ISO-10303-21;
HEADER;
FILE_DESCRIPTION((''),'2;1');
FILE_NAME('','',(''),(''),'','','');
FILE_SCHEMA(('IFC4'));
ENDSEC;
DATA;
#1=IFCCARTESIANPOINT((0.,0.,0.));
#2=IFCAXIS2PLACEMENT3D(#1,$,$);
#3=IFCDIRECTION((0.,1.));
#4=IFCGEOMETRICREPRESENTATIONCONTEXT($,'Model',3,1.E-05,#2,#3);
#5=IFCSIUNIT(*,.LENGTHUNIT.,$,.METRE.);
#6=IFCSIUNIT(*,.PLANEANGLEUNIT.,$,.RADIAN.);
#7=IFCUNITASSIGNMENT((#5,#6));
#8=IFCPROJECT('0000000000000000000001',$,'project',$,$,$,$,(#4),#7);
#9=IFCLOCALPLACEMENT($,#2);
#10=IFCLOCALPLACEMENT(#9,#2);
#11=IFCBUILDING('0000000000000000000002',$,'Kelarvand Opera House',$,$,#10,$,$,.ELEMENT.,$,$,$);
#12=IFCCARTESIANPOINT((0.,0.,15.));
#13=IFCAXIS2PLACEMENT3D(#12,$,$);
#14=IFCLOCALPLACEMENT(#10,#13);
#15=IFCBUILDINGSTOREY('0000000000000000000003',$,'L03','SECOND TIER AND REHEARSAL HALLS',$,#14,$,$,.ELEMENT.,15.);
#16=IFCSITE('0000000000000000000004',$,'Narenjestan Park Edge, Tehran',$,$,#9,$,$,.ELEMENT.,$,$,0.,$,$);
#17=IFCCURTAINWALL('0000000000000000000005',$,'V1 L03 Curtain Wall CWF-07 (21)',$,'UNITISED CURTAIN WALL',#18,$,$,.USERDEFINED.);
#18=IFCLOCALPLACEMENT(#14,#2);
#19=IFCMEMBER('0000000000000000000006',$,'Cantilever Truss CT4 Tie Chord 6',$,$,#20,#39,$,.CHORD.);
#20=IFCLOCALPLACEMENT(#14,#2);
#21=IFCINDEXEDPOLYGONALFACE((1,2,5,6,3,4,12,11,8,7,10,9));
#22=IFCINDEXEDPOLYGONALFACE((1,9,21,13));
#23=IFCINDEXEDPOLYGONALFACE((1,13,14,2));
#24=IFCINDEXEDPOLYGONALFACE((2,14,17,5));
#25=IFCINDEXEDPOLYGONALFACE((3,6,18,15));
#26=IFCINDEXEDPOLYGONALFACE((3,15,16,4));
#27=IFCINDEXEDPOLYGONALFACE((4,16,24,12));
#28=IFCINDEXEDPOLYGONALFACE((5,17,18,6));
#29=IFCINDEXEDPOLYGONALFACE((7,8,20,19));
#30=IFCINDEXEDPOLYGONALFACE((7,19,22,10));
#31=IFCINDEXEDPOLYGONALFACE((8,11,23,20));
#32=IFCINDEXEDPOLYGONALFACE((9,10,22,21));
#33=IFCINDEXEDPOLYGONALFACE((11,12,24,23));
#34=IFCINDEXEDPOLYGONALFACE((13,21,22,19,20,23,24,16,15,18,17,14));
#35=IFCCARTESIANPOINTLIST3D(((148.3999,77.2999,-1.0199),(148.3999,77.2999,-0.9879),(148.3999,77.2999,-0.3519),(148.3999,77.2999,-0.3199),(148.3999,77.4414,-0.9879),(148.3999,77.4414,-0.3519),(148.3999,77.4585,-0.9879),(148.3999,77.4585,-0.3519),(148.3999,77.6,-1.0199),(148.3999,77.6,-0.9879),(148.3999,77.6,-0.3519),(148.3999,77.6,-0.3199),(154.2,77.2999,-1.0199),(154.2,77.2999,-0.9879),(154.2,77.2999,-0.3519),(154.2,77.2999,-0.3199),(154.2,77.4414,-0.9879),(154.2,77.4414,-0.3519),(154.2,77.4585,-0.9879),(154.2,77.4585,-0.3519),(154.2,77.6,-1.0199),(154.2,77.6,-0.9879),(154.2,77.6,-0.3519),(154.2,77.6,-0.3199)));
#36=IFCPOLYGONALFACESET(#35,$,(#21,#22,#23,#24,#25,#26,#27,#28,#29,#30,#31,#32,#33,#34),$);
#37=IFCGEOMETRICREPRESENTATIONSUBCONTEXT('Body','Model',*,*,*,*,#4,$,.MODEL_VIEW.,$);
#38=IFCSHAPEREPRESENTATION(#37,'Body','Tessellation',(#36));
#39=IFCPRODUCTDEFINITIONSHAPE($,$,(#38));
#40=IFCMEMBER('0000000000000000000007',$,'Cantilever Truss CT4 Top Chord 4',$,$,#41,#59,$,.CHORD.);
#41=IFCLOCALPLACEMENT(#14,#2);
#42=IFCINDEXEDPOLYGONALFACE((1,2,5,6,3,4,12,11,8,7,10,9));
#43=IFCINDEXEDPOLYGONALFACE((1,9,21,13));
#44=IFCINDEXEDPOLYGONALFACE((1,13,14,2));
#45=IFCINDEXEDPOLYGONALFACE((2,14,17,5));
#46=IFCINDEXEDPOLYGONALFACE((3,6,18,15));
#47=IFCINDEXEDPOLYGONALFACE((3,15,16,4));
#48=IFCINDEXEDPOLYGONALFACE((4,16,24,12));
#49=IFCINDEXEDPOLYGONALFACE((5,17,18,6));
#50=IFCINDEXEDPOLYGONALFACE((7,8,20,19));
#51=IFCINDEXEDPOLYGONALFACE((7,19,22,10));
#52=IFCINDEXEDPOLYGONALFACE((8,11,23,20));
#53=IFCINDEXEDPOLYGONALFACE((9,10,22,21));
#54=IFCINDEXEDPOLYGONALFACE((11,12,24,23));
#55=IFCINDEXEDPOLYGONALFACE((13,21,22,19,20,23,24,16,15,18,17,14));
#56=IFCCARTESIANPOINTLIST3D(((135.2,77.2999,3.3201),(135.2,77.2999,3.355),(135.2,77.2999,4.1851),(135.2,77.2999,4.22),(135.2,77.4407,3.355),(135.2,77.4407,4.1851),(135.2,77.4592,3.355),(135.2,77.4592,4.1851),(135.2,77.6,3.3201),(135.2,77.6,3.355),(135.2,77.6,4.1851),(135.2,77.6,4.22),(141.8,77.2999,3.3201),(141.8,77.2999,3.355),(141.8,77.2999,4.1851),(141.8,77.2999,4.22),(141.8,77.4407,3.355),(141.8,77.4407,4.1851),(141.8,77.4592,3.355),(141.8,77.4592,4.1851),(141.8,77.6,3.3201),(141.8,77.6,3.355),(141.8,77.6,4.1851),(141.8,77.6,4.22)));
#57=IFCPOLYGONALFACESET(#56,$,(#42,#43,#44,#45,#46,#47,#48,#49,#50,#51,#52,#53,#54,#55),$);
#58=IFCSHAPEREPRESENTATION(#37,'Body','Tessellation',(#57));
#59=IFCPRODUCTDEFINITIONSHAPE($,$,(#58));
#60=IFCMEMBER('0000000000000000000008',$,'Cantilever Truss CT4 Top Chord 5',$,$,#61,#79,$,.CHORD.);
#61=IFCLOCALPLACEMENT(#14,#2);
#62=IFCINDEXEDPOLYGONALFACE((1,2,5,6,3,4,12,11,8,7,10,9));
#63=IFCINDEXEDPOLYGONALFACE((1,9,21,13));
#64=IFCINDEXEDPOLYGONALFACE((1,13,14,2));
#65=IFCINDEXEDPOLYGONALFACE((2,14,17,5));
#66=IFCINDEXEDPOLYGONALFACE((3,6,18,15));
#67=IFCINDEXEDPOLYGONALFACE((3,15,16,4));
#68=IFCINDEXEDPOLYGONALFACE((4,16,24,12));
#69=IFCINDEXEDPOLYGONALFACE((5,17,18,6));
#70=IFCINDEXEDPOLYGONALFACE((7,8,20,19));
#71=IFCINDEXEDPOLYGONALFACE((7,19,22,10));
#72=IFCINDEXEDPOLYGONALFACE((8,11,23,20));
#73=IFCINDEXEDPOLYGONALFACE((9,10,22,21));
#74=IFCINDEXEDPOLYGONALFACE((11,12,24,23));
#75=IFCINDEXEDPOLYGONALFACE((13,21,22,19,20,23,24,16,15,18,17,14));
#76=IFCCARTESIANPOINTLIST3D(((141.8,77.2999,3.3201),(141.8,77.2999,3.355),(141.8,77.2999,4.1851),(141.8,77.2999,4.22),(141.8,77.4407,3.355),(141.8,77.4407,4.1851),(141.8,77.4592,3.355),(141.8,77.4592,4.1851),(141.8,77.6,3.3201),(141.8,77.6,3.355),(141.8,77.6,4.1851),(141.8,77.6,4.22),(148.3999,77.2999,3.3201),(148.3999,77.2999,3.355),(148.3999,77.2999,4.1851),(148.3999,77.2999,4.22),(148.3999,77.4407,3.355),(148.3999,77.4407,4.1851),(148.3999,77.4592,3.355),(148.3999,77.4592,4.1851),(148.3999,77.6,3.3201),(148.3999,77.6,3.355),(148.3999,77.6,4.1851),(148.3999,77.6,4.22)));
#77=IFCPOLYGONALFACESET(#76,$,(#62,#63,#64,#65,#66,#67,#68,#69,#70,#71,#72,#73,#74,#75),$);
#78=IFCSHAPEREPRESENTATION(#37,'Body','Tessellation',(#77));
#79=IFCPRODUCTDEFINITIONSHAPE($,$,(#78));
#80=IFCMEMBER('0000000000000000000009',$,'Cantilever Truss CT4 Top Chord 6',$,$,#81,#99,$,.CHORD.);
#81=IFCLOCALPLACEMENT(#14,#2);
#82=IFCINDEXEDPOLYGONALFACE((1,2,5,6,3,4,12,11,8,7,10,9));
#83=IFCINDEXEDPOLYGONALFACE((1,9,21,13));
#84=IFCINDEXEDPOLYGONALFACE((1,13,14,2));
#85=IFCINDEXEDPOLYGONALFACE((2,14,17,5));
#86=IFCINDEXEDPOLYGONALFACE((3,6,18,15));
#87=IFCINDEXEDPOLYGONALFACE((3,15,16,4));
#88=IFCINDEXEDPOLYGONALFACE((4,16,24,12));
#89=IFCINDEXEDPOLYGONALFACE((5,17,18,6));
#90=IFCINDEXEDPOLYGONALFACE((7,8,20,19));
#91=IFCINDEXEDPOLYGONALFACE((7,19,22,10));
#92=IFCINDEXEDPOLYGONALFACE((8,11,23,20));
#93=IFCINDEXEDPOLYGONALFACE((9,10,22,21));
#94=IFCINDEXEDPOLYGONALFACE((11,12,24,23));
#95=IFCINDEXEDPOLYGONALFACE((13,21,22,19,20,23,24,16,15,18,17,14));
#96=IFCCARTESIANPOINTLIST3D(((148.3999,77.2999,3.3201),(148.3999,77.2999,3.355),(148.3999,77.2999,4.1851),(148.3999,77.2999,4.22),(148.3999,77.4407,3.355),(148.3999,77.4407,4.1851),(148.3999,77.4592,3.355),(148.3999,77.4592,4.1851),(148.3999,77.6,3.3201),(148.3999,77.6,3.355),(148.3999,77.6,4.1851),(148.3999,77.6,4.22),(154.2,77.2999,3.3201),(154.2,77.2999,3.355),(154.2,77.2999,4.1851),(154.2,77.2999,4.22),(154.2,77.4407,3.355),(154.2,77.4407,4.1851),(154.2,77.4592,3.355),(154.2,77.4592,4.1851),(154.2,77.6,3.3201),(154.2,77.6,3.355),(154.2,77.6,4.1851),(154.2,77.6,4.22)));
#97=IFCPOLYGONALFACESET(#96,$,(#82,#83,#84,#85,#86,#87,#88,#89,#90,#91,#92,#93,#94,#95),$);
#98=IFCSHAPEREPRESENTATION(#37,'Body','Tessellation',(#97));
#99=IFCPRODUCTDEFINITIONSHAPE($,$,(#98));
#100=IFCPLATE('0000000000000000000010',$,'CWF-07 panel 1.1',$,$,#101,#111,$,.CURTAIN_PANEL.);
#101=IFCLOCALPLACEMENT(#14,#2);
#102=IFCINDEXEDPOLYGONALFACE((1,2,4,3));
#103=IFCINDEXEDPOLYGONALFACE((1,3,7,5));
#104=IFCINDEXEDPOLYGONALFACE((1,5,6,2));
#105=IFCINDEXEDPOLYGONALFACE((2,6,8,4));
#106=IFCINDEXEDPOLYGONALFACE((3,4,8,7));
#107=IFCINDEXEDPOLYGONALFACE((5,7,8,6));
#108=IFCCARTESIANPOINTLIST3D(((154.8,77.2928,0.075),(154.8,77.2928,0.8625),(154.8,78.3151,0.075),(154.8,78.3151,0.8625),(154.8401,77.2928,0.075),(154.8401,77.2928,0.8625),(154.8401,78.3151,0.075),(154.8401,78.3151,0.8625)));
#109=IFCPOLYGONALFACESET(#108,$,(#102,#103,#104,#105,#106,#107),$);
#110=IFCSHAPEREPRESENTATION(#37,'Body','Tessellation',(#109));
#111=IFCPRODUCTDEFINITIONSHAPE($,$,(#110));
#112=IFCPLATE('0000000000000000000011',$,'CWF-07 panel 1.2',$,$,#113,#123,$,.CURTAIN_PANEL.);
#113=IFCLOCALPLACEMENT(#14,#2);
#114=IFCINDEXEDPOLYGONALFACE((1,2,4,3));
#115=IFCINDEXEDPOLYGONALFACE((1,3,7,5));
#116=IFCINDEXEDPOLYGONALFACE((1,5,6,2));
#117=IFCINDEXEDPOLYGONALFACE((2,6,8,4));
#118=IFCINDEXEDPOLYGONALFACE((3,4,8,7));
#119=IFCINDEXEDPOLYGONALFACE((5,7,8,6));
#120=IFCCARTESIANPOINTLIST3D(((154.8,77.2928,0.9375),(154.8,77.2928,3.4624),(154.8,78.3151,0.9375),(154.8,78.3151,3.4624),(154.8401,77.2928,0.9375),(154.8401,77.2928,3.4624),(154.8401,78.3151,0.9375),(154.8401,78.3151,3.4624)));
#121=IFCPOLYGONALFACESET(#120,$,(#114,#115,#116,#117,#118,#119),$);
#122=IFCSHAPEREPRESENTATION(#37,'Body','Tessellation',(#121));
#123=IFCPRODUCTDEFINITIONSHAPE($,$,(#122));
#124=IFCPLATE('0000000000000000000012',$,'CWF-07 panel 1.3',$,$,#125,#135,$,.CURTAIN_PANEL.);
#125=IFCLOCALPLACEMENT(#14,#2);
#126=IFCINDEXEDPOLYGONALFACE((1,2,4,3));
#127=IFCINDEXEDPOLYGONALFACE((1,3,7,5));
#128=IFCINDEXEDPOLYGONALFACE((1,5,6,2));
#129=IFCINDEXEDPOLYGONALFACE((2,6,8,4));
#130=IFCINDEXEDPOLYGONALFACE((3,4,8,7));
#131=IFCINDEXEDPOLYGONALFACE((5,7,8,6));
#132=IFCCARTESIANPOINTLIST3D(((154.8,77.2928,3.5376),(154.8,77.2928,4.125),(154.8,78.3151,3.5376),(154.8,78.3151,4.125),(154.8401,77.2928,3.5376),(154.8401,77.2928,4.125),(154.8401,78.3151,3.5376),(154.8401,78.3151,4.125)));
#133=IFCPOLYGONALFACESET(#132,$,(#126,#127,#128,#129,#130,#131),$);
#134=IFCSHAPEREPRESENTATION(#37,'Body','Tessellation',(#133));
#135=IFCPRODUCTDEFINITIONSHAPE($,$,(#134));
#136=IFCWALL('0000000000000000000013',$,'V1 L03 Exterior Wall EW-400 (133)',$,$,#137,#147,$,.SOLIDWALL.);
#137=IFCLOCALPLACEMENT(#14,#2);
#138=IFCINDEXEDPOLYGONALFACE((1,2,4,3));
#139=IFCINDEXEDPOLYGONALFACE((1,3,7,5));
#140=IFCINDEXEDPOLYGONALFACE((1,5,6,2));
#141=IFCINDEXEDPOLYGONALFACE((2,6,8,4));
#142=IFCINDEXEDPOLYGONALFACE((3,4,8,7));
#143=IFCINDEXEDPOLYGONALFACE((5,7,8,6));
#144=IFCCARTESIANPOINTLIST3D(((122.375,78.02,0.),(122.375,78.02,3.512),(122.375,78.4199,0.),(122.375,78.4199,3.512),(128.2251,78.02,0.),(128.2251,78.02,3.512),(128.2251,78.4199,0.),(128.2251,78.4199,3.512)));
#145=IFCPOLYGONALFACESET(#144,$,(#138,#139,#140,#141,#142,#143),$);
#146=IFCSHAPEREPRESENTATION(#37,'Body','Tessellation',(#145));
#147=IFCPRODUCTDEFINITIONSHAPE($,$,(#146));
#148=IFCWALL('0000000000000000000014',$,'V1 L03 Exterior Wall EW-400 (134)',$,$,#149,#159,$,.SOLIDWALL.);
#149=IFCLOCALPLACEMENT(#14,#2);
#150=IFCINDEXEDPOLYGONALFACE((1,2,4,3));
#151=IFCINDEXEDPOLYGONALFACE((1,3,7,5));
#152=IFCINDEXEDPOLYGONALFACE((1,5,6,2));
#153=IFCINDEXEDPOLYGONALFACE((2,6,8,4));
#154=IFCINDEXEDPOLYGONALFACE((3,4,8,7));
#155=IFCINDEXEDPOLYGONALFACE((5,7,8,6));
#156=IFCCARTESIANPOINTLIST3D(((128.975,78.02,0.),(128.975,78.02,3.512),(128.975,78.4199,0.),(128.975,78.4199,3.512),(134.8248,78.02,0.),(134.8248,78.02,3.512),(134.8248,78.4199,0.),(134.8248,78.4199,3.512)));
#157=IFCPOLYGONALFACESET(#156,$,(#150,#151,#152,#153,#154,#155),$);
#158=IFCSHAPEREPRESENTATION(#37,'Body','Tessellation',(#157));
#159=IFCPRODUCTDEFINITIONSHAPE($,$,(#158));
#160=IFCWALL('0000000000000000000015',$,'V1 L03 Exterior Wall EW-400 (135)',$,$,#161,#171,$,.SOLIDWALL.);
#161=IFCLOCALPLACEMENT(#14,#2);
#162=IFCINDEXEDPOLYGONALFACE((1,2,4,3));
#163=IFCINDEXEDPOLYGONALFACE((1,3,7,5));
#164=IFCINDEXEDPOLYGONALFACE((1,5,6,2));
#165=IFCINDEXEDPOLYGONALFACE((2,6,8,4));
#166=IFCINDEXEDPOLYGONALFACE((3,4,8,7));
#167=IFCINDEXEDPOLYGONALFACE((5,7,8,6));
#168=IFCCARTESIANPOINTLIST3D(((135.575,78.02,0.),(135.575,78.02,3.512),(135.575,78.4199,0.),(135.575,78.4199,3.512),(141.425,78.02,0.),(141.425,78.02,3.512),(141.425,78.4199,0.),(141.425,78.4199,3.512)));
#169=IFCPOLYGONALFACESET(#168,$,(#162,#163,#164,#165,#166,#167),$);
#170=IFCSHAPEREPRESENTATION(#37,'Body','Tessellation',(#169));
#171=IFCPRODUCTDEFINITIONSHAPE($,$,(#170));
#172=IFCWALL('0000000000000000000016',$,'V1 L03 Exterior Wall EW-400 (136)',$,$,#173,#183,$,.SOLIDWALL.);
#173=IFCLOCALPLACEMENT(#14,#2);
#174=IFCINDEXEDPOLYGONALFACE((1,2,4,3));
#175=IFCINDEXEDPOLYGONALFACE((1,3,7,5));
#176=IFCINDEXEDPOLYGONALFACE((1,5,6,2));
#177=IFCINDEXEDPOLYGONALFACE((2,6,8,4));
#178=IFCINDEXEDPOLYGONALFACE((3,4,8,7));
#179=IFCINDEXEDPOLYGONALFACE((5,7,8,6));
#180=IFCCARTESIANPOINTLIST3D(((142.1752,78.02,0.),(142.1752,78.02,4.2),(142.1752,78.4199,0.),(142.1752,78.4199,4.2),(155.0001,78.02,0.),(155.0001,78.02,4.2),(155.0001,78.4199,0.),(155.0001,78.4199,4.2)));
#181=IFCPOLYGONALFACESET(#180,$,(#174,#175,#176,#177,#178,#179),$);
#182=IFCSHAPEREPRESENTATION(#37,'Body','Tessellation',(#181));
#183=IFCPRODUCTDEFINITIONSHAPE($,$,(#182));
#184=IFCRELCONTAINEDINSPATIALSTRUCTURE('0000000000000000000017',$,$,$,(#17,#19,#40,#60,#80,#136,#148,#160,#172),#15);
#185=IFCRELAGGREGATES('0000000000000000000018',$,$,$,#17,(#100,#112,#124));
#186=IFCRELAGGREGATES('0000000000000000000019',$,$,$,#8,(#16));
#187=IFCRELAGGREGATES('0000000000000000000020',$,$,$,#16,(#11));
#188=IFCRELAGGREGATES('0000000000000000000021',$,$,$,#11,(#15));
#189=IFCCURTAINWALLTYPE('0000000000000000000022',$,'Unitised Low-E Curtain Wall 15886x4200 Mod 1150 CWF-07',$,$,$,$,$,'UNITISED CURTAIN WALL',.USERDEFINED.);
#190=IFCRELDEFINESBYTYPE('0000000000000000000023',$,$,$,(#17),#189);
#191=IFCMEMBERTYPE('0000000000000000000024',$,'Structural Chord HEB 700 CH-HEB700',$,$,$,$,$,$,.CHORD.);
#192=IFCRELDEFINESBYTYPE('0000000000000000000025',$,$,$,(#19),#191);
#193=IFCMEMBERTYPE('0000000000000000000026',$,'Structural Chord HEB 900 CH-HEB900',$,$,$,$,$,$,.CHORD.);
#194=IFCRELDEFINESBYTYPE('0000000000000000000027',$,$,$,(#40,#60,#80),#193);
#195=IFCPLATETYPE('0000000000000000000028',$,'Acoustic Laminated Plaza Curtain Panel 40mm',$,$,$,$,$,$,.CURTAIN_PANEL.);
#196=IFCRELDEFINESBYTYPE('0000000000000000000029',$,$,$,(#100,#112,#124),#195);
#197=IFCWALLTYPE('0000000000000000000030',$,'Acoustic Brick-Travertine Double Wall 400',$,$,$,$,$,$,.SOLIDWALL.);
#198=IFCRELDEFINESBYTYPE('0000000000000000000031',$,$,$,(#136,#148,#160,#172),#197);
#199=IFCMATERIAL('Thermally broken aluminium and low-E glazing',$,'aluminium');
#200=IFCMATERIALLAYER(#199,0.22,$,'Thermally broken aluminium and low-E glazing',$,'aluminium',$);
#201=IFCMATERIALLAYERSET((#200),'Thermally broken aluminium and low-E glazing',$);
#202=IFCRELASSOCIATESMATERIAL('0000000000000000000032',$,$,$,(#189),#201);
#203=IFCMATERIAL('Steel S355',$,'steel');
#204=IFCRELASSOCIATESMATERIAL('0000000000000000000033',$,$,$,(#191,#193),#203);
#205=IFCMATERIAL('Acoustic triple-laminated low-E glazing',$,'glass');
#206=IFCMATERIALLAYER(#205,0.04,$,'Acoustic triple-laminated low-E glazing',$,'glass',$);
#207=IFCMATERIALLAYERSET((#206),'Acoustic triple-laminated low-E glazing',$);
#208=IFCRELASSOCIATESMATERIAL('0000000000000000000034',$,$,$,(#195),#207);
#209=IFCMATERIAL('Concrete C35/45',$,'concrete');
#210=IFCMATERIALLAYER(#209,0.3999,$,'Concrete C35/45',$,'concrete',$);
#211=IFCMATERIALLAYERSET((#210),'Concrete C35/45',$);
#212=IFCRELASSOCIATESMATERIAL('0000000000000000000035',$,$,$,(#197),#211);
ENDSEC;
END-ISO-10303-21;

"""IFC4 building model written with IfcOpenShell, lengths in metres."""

from ifc_helpers import new_model, si_unit, direction, frame, frame_2d, origin, origin_2d, place, context, subcontext, project, spatial, rectangle, i_section, extrude, material, layer, layer_set, material_profile, profile_set, type_object, element, aggregate, save


model = new_model("IFC4")

# Units and contexts
model_context = context("Model", 3, precision=1e-05, world=origin(), true_north=direction((0.0, 1.0)))
body_context = subcontext(model_context, "Body", "Model", "MODEL_VIEW")
ifc_project = project(units=[si_unit("LENGTHUNIT", "METRE"), si_unit("PLANEANGLEUNIT", "RADIAN")], contexts=[model_context])

# Site, building, storey
site_placement = place(None, origin())
site = spatial("IfcSite", under=ifc_project, at=site_placement, Name="Narenjestan Park Edge, Tehran", CompositionType="ELEMENT", RefElevation=0.0)
building_placement = place(site_placement, origin())
building = spatial("IfcBuilding", under=site, at=building_placement, Name="Kelarvand Opera House", CompositionType="ELEMENT")
storey_placement = place(building_placement, frame((0.0, 0.0, 15.0)))
storey = spatial("IfcBuildingStorey", under=building, at=storey_placement, Name="L03", Description="SECOND TIER AND REHEARSAL HALLS", CompositionType="ELEMENT", Elevation=15.0)

# Curtain wall
ifc_material_1 = material(Name="Thermally broken aluminium and low-E glazing", Category="aluminium")
ifc_layer_1 = layer(ifc_material_1, 0.22, Name="Thermally broken aluminium and low-E glazing", Category="aluminium")
ifc_layer_set_1 = layer_set([ifc_layer_1], Name="Thermally broken aluminium and low-E glazing")
curtain_wall_type = type_object("IfcCurtainWallType", Name="Unitised Low-E Curtain Wall 15886x4200 Mod 1150 CWF-07", ElementType="UNITISED CURTAIN WALL", PredefinedType="USERDEFINED", material=ifc_layer_set_1)
curtain_wall_placement = place(storey_placement, origin())
curtain_wall = element("IfcCurtainWall", 1, at=curtain_wall_placement, inside=storey, type_object=curtain_wall_type, Name="V1 L03 Curtain Wall CWF-07 (21)", ObjectType="UNITISED CURTAIN WALL", PredefinedType="USERDEFINED")

# Members
ifc_material_2 = material(Name="Steel S355", Category="steel")
ifc_material_profile_1 = material_profile(ifc_material_2, i_section(OverallWidth=0.3, OverallDepth=0.7, WebThickness=0.0171, FlangeThickness=0.032, at=origin_2d()), Name="HEB 700", Category="steel")
ifc_profile_set_1 = profile_set([ifc_material_profile_1], Name="Steel S355")
member_type_1 = type_object("IfcMemberType", Name="Structural Chord HEB 700 CH-HEB700", PredefinedType="CHORD", material=ifc_profile_set_1)
member_1_placement = place(storey_placement, frame((148.3999, 77.45, -0.6699), z_axis=(1.0, 0.0, 0.0), x_axis=(0.0, 1.0, 0.0)))
element("IfcMember", 2, at=member_1_placement, inside=storey, type_object=member_type_1, Name="Cantilever Truss CT4 Tie Chord 6", PredefinedType="CHORD", context=body_context, shape_type="SweptSolid", body=[
    extrude(i_section(OverallWidth=0.3, OverallDepth=0.7, WebThickness=0.0171, FlangeThickness=0.032, at=origin_2d()), origin(), (0.0, 0.0, 1.0), 5.8),
])
ifc_material_profile_2 = material_profile(ifc_material_2, i_section(OverallWidth=0.3, OverallDepth=0.8999, WebThickness=0.0186, FlangeThickness=0.0349, at=origin_2d()), Name="HEB 900", Category="steel")
ifc_profile_set_2 = profile_set([ifc_material_profile_2], Name="Steel S355")
member_type_2 = type_object("IfcMemberType", Name="Structural Chord HEB 900 CH-HEB900", PredefinedType="CHORD", material=ifc_profile_set_2)
member_2_placement = place(storey_placement, frame((135.2, 77.45, 3.77), z_axis=(1.0, 0.0, 0.0), x_axis=(0.0, 1.0, 0.0)))
element("IfcMember", 3, at=member_2_placement, inside=storey, type_object=member_type_2, Name="Cantilever Truss CT4 Top Chord 4", PredefinedType="CHORD", context=body_context, shape_type="SweptSolid", body=[
    extrude(i_section(OverallWidth=0.3, OverallDepth=0.8999, WebThickness=0.0186, FlangeThickness=0.0349, at=origin_2d()), origin(), (0.0, 0.0, 1.0), 6.6001),
])
member_3_placement = place(storey_placement, frame((141.8, 77.45, 3.77), z_axis=(1.0, 0.0, 0.0), x_axis=(0.0, 1.0, 0.0)))
element("IfcMember", 4, at=member_3_placement, inside=storey, type_object=member_type_2, Name="Cantilever Truss CT4 Top Chord 5", PredefinedType="CHORD", context=body_context, shape_type="SweptSolid", body=[
    extrude(i_section(OverallWidth=0.3, OverallDepth=0.8999, WebThickness=0.0186, FlangeThickness=0.0349, at=origin_2d()), origin(), (0.0, 0.0, 1.0), 6.5999),
])
member_4_placement = place(storey_placement, frame((148.3999, 77.45, 3.77), z_axis=(1.0, 0.0, 0.0), x_axis=(0.0, 1.0, 0.0)))
element("IfcMember", 5, at=member_4_placement, inside=storey, type_object=member_type_2, Name="Cantilever Truss CT4 Top Chord 6", PredefinedType="CHORD", context=body_context, shape_type="SweptSolid", body=[
    extrude(i_section(OverallWidth=0.3, OverallDepth=0.8999, WebThickness=0.0186, FlangeThickness=0.0349, at=origin_2d()), origin(), (0.0, 0.0, 1.0), 5.8),
])

# Plates
ifc_material_3 = material(Name="Acoustic triple-laminated low-E glazing", Category="glass")
ifc_layer_2 = layer(ifc_material_3, 0.04, Name="Acoustic triple-laminated low-E glazing", Category="glass")
ifc_layer_set_2 = layer_set([ifc_layer_2], Name="Acoustic triple-laminated low-E glazing")
plate_type = type_object("IfcPlateType", Name="Acoustic Laminated Plaza Curtain Panel 40mm", PredefinedType="CURTAIN_PANEL", material=ifc_layer_set_2)
plate_1_placement = place(storey_placement, frame((154.8201, 77.804, 0.075), z_axis=(0.0, 0.0, 1.0), x_axis=(0.0, -1.0, 0.0)))
plate_1 = element("IfcPlate", 6, at=plate_1_placement, type_object=plate_type, Name="CWF-07 panel 1.1", PredefinedType="CURTAIN_PANEL", context=body_context, shape_type="SweptSolid", body=[
    extrude(rectangle(XDim=1.0222, YDim=0.04, at=origin_2d()), origin(), (0.0, 0.0, 1.0), 0.7876),
])
plate_2_placement = place(storey_placement, frame((154.8201, 77.804, 0.9375), z_axis=(0.0, 0.0, 1.0), x_axis=(0.0, -1.0, 0.0)))
plate_2 = element("IfcPlate", 7, at=plate_2_placement, type_object=plate_type, Name="CWF-07 panel 1.2", PredefinedType="CURTAIN_PANEL", context=body_context, shape_type="SweptSolid", body=[
    extrude(rectangle(XDim=1.0222, YDim=0.04, at=origin_2d()), origin(), (0.0, 0.0, 1.0), 2.5249),
])
plate_3_placement = place(storey_placement, frame((154.8201, 77.804, 3.5376), z_axis=(0.0, 0.0, 1.0), x_axis=(0.0, -1.0, 0.0)))
plate_3 = element("IfcPlate", 8, at=plate_3_placement, type_object=plate_type, Name="CWF-07 panel 1.3", PredefinedType="CURTAIN_PANEL", context=body_context, shape_type="SweptSolid", body=[
    extrude(rectangle(XDim=1.0222, YDim=0.04, at=origin_2d()), origin(), (0.0, 0.0, 1.0), 0.5874),
])
aggregate(curtain_wall, [plate_1, plate_2, plate_3])

# Walls
ifc_material_4 = material(Name="Concrete C35/45", Category="concrete")
ifc_layer_3 = layer(ifc_material_4, 0.3999, Name="Concrete C35/45", Category="concrete")
ifc_layer_set_3 = layer_set([ifc_layer_3], Name="Concrete C35/45")
wall_type = type_object("IfcWallType", Name="Acoustic Brick-Travertine Double Wall 400", PredefinedType="SOLIDWALL", material=ifc_layer_set_3)
wall_1_placement = place(storey_placement, frame((122.375, 78.22, 0.0), z_axis=(0.0, 0.0, 1.0), x_axis=(1.0, 0.0, 0.0)))
element("IfcWall", 9, at=wall_1_placement, inside=storey, type_object=wall_type, Name="V1 L03 Exterior Wall EW-400 (133)", PredefinedType="SOLIDWALL", context=body_context, shape_type="SweptSolid", body=[
    extrude(rectangle(XDim=5.8501, YDim=0.3999, at=frame_2d((2.925, 0.0))), origin(), (0.0, 0.0, 1.0), 3.512),
])
wall_2_placement = place(storey_placement, frame((128.9751, 78.22, 0.0), z_axis=(0.0, 0.0, 1.0), x_axis=(1.0, 0.0, 0.0)))
element("IfcWall", 10, at=wall_2_placement, inside=storey, type_object=wall_type, Name="V1 L03 Exterior Wall EW-400 (134)", PredefinedType="SOLIDWALL", context=body_context, shape_type="SweptSolid", body=[
    extrude(rectangle(XDim=5.8499, YDim=0.3999, at=frame_2d((2.9248, 0.0))), origin(), (0.0, 0.0, 1.0), 3.512),
])
wall_3_placement = place(storey_placement, frame((135.575, 78.22, 0.0), z_axis=(0.0, 0.0, 1.0), x_axis=(1.0, 0.0, 0.0)))
element("IfcWall", 11, at=wall_3_placement, inside=storey, type_object=wall_type, Name="V1 L03 Exterior Wall EW-400 (135)", PredefinedType="SOLIDWALL", context=body_context, shape_type="SweptSolid", body=[
    extrude(rectangle(XDim=5.8501, YDim=0.3999, at=frame_2d((2.925, 0.0))), origin(), (0.0, 0.0, 1.0), 3.512),
])
wall_4_placement = place(storey_placement, frame((142.175, 78.22, 0.0), z_axis=(0.0, 0.0, 1.0), x_axis=(1.0, 0.0, 0.0)))
element("IfcWall", 12, at=wall_4_placement, inside=storey, type_object=wall_type, Name="V1 L03 Exterior Wall EW-400 (136)", PredefinedType="SOLIDWALL", context=body_context, shape_type="SweptSolid", body=[
    extrude(rectangle(XDim=12.825, YDim=0.3999, at=frame_2d((6.4126, 0.0))), origin(), (0.0, 0.0, 1.0), 4.2),
])

save(model, "model.ifc")
